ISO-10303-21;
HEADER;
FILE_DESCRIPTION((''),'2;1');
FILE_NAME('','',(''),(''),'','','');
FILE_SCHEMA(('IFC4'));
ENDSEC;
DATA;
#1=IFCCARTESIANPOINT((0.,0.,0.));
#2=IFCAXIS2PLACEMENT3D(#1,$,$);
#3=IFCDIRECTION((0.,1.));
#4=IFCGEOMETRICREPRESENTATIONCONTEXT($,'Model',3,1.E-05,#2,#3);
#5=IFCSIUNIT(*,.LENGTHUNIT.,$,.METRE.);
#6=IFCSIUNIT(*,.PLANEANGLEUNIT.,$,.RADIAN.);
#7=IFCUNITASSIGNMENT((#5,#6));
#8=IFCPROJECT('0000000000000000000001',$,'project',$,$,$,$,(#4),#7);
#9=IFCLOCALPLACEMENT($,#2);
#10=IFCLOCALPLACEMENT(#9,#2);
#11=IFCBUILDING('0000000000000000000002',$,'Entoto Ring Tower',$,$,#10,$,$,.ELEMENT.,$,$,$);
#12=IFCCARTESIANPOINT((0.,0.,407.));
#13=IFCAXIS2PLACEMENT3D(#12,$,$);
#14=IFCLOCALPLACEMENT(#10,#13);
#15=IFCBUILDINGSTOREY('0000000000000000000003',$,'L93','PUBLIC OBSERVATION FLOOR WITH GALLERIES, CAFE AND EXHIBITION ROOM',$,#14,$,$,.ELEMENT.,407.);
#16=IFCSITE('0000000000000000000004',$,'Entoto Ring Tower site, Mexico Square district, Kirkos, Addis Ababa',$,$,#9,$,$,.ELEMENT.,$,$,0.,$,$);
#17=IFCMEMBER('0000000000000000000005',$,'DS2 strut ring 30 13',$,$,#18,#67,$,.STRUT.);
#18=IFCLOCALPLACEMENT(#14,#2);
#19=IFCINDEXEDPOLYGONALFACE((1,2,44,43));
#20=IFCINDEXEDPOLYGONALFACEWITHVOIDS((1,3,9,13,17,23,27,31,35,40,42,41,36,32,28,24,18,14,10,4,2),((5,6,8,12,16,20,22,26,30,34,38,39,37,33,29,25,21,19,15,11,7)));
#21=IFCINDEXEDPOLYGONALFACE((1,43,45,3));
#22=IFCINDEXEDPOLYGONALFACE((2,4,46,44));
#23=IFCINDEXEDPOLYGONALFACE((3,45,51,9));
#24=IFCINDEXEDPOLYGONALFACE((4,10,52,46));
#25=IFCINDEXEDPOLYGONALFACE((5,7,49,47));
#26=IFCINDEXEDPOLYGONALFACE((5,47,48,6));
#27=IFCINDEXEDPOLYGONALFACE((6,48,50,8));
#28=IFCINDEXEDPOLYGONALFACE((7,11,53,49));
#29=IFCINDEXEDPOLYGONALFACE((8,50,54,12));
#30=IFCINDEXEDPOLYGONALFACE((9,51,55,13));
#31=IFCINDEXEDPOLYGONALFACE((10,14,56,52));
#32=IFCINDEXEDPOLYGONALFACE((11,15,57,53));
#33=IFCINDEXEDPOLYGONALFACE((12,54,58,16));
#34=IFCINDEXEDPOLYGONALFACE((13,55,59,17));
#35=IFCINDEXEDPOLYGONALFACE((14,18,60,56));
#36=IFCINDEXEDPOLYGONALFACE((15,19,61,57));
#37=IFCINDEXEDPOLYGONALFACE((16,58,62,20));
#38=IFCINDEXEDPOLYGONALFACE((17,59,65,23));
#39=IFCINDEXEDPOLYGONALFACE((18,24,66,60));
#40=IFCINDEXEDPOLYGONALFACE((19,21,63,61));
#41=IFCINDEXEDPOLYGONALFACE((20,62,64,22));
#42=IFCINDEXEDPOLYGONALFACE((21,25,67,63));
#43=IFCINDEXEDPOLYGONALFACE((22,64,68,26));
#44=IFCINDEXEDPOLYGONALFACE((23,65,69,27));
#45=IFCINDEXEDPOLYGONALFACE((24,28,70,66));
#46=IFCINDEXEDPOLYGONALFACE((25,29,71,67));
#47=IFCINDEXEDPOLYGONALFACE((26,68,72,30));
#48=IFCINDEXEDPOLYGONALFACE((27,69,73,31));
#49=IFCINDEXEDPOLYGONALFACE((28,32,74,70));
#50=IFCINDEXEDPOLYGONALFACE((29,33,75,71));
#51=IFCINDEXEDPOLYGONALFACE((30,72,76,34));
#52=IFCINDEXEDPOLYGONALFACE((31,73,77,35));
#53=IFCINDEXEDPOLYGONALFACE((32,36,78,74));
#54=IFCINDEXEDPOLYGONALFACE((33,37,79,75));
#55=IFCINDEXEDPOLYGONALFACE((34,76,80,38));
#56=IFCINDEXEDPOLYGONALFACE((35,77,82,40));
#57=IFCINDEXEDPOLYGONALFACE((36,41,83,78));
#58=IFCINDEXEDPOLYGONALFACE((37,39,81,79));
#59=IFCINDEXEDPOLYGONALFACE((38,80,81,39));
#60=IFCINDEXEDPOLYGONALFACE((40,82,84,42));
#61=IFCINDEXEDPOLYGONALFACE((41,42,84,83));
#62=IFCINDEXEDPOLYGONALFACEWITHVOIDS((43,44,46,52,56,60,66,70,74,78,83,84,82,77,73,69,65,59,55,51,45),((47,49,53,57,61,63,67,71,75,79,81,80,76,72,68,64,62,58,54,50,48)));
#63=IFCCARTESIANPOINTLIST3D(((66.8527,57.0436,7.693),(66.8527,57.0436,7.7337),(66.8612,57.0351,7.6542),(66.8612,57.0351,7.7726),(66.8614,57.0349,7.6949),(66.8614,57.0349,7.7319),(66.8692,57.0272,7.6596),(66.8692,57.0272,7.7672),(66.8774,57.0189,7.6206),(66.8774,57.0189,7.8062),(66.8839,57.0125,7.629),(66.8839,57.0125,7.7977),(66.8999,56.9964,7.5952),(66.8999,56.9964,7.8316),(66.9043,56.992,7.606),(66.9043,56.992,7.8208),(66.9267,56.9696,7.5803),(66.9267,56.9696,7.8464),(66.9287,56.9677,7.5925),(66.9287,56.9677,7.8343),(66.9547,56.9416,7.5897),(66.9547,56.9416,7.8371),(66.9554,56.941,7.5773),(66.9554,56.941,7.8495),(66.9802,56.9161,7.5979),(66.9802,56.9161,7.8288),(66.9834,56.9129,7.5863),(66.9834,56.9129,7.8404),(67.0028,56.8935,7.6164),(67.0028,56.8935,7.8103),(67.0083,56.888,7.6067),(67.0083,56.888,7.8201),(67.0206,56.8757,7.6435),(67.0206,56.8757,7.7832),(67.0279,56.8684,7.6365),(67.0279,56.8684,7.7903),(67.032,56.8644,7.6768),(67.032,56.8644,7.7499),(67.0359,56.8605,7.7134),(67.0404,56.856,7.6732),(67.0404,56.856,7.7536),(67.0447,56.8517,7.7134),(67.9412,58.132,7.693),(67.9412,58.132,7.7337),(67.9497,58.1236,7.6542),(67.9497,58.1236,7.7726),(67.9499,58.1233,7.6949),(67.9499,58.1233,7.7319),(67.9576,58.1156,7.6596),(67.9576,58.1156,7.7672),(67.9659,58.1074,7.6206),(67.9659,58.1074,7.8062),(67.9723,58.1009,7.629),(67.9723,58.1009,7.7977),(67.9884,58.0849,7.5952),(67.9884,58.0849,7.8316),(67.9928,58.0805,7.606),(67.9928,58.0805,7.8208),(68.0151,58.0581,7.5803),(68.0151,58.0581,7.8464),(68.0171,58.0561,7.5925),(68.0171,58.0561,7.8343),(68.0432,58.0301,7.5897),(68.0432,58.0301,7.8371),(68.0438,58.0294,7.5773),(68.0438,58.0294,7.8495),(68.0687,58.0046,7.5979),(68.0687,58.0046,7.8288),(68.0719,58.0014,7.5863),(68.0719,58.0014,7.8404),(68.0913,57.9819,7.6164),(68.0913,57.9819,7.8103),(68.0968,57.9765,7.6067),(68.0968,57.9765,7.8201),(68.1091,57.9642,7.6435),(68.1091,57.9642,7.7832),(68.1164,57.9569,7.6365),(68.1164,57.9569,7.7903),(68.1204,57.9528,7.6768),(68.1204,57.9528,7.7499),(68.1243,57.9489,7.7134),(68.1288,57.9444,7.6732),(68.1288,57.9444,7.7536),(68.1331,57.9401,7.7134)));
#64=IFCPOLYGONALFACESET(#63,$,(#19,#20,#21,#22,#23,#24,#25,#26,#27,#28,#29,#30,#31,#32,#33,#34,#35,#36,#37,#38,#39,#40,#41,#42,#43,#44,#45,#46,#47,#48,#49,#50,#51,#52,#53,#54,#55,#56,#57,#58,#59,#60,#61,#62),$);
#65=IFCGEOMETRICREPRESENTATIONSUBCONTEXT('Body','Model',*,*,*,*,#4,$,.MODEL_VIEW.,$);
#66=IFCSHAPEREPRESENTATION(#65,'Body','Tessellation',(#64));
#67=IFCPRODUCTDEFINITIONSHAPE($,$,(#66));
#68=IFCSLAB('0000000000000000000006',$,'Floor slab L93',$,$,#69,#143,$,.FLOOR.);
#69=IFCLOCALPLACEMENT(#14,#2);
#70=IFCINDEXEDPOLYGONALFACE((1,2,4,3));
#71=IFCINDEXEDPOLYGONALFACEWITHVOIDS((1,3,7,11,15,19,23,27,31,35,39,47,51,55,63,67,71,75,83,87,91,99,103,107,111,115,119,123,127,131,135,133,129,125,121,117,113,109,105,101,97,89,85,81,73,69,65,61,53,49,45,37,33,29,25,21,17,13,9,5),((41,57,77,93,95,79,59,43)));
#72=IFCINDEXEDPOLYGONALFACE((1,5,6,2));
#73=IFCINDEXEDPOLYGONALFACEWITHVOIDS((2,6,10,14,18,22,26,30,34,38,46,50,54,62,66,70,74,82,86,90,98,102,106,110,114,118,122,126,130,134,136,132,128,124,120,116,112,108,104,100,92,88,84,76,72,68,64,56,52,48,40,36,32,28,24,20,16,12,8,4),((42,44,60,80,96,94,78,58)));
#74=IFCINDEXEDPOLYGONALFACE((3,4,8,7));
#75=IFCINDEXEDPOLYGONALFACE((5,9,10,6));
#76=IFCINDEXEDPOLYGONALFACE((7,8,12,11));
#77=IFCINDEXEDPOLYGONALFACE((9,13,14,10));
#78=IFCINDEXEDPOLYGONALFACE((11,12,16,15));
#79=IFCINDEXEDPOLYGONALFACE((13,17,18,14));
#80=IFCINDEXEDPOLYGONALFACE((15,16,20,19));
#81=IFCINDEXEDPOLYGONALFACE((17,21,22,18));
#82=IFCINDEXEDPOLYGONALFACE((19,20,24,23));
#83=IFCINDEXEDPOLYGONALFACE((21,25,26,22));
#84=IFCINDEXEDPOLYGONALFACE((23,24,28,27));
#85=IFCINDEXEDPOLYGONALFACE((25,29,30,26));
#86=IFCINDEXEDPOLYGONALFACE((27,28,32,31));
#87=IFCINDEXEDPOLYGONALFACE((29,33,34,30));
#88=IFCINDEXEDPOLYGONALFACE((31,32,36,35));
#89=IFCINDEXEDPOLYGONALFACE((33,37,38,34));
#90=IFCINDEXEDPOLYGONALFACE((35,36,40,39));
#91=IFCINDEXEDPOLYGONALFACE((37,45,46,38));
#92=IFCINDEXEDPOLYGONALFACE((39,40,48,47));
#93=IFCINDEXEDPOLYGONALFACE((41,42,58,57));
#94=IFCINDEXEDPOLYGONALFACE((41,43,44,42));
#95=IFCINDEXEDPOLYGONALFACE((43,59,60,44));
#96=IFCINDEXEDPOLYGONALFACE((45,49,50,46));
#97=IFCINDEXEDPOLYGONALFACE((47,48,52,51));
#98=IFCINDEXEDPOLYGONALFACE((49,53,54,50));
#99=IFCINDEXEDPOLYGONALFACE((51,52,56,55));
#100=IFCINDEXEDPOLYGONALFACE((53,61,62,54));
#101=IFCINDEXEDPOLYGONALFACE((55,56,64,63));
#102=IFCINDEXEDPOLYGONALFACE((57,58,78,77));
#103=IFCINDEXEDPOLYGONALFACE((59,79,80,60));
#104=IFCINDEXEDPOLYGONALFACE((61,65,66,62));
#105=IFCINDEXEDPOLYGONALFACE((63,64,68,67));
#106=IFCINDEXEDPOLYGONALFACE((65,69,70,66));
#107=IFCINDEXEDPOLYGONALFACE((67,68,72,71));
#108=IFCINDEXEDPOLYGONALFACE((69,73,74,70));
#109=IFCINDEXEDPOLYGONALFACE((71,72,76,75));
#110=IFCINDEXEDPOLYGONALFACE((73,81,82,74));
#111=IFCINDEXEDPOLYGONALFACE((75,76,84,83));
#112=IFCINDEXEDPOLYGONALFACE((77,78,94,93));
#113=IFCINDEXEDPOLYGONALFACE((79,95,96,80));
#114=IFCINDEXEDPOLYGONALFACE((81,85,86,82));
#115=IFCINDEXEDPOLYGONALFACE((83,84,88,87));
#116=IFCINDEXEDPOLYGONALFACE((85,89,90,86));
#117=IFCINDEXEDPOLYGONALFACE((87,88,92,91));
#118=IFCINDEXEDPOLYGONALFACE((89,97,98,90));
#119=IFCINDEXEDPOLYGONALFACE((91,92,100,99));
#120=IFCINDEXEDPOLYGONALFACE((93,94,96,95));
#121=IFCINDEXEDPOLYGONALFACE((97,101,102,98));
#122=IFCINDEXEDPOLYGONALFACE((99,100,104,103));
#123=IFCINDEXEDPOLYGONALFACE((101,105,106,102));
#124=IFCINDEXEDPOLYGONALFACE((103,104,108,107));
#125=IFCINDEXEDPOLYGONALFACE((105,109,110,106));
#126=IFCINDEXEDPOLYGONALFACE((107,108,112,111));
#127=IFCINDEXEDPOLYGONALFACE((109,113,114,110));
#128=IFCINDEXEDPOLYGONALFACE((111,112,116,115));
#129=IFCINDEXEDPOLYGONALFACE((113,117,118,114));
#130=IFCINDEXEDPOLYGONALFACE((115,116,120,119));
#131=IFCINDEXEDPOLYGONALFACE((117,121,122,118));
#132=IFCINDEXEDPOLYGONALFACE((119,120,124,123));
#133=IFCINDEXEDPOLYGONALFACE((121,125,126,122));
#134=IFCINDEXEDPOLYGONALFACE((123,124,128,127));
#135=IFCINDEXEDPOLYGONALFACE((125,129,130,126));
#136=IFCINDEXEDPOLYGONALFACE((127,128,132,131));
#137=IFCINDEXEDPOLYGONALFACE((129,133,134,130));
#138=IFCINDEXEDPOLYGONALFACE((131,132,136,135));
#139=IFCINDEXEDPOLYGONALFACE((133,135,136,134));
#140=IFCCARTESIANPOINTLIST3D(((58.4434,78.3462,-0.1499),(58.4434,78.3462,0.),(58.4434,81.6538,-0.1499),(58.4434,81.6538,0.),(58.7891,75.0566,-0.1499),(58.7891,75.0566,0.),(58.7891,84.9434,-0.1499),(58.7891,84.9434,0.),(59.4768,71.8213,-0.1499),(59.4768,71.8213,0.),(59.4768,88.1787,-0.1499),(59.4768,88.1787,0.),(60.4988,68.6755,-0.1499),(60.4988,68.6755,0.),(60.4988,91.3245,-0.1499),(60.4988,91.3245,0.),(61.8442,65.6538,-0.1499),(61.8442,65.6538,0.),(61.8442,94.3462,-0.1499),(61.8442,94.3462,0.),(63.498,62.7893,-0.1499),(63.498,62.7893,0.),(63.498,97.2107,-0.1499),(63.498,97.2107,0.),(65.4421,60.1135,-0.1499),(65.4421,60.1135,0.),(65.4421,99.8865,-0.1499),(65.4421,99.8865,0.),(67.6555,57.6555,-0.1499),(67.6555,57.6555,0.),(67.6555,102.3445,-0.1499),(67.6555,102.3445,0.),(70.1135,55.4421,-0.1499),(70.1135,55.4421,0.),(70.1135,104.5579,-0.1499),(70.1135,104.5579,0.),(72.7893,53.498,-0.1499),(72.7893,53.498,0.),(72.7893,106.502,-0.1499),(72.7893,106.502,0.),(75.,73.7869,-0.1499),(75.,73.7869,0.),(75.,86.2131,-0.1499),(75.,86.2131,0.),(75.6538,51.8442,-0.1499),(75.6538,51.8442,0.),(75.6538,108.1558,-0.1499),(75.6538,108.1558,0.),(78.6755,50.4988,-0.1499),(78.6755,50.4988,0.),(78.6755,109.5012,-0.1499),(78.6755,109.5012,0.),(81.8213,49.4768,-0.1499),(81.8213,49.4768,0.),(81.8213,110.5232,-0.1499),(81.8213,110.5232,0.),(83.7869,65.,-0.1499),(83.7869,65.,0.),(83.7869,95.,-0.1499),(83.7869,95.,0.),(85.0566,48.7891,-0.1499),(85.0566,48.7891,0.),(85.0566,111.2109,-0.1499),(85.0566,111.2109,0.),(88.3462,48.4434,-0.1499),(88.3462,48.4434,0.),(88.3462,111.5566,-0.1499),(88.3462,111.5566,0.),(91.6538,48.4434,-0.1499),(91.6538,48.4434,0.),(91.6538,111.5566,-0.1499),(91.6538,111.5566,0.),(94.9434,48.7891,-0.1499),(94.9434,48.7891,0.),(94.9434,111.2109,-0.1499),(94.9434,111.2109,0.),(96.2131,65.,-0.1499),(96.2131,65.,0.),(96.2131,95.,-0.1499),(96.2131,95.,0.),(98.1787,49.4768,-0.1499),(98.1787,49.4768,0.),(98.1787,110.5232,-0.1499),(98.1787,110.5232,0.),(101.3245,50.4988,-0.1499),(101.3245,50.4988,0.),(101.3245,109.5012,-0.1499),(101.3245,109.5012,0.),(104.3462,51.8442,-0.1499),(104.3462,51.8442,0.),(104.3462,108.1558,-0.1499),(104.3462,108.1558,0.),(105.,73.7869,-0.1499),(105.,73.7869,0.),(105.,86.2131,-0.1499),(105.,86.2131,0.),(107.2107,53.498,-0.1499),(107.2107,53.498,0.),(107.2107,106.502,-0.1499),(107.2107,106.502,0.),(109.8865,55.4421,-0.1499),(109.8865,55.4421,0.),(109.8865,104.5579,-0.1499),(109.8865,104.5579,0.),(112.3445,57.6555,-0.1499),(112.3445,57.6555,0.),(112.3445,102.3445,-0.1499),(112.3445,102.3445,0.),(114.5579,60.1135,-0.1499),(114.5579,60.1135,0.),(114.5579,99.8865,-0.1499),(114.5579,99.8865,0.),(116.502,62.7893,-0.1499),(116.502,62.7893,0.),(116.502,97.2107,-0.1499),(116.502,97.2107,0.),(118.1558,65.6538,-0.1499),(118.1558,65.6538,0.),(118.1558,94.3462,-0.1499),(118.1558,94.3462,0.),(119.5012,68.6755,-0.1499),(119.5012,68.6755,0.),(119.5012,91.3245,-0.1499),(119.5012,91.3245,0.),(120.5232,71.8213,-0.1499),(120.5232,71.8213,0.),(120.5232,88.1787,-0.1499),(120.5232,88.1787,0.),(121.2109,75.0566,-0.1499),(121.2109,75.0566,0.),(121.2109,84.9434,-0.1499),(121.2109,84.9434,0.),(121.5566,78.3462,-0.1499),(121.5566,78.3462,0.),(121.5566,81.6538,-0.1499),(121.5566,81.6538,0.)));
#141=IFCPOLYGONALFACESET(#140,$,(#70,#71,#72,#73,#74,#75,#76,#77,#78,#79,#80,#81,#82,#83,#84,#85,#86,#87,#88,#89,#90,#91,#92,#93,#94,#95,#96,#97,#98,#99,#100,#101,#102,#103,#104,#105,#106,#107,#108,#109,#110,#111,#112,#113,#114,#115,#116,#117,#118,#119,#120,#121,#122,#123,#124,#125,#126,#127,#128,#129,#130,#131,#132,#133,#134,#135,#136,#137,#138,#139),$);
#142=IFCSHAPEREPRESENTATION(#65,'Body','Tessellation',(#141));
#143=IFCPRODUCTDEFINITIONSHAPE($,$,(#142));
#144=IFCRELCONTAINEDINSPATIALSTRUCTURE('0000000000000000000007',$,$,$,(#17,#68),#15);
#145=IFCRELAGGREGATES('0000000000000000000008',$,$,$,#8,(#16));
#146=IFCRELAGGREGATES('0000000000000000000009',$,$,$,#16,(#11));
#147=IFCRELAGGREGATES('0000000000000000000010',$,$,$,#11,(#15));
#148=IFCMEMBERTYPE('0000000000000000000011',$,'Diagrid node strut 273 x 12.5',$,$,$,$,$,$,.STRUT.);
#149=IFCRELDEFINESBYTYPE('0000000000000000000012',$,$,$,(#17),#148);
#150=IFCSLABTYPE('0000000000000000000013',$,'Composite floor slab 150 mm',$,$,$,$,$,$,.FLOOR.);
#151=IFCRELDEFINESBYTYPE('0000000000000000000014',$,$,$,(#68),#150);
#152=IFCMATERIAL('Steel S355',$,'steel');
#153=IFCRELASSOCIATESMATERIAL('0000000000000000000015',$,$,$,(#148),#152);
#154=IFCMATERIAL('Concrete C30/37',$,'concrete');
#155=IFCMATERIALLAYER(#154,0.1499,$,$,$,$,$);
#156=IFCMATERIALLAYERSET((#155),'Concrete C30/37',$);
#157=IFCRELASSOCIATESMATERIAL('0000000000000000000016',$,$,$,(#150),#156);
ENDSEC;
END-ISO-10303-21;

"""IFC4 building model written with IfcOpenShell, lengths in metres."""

from ifc_helpers import new_model, si_unit, direction, frame, origin, origin_2d, place, context, subcontext, project, spatial, polyline, circle, hollow_circle, outline, extrude, material, layer, layer_set, material_profile, profile_set, type_object, element, save


model = new_model("IFC4")

# Units and contexts
model_context = context("Model", 3, precision=1e-05, world=origin(), true_north=direction((0.0, 1.0)))
body_context = subcontext(model_context, "Body", "Model", "MODEL_VIEW")
ifc_project = project(units=[si_unit("LENGTHUNIT", "METRE"), si_unit("PLANEANGLEUNIT", "RADIAN")], contexts=[model_context])

# Site, building, storey
site_placement = place(None, origin())
site = spatial("IfcSite", under=ifc_project, at=site_placement, Name="Entoto Ring Tower site, Mexico Square district, Kirkos, Addis Ababa", CompositionType="ELEMENT", RefElevation=0.0)
building_placement = place(site_placement, origin())
building = spatial("IfcBuilding", under=site, at=building_placement, Name="Entoto Ring Tower", CompositionType="ELEMENT")
storey_placement = place(building_placement, frame((0.0, 0.0, 407.0)))
storey = spatial("IfcBuildingStorey", under=building, at=storey_placement, Name="L93", Description="PUBLIC OBSERVATION FLOOR WITH GALLERIES, CAFE AND EXHIBITION ROOM", CompositionType="ELEMENT", Elevation=407.0)

# Member
ifc_material_1 = material(Name="Steel S355", Category="steel")
ifc_material_profile_1 = material_profile(ifc_material_1, hollow_circle(Radius=0.1365, WallThickness=0.0125, at=origin_2d()), Name="CHS 273 x 12.5")
ifc_material_2 = material(Name="Concrete C60/75", Category="concrete")
ifc_material_profile_2 = material_profile(ifc_material_2, circle(Radius=0.124, at=origin_2d()), Name="Concrete C60/75 infill")
ifc_profile_set = profile_set([ifc_material_profile_1, ifc_material_profile_2], Name="Steel S355")
member_type = type_object("IfcMemberType", Name="Diagrid node strut 273 x 12.5", PredefinedType="STRUT", material=ifc_profile_set)
member_placement = place(storey_placement, frame((68.0366, 58.0366, 7.7134), z_axis=(-0.707107, -0.707107, 0.0), x_axis=(0.707107, -0.707107, 0.0)))
element("IfcMember", 1, at=member_placement, inside=storey, type_object=member_type, Name="DS2 strut ring 30 13", PredefinedType="STRUT", context=body_context, shape_type="SweptSolid", body=[
    extrude(hollow_circle(Radius=0.1365, WallThickness=0.0125, at=origin_2d()), origin(), (0.0, 0.0, 1.0), 1.5393),
])

# Slab
ifc_material_3 = material(Name="Concrete C30/37", Category="concrete")
ifc_layer_1 = layer(ifc_material_3, 0.1499)
ifc_layer_set_1 = layer_set([ifc_layer_1], Name="Concrete C30/37")
slab_type_1 = type_object("IfcSlabType", Name="Composite floor slab 150 mm", PredefinedType="FLOOR", material=ifc_layer_set_1)
slab_1_placement = place(storey_placement, frame((0.0, 0.0, -0.1499)))
element("IfcSlab", 2, at=slab_1_placement, inside=storey, type_object=slab_type_1, Name="Floor slab L93", PredefinedType="FLOOR", context=body_context, shape_type="SweptSolid", body=[
    extrude(outline(polyline([(121.2109, 84.9434), (120.5232, 88.1787), (119.5012, 91.3245), (118.1558, 94.3462), (116.502, 97.2107), (114.5579, 99.8865), (112.3445, 102.3445), (109.8865, 104.5579), (107.2107, 106.502), (104.3462, 108.1558), (101.3245, 109.5012), (98.1787, 110.5232), (94.9434, 111.2109), (91.6538, 111.5566), (88.3462, 111.5566), (85.0566, 111.2109), (81.8213, 110.5232), (78.6755, 109.5012), (75.6538, 108.1558), (72.7893, 106.502), (70.1135, 104.5579), (67.6555, 102.3445), (65.4421, 99.8865), (63.498, 97.2107), (61.8442, 94.3462), (60.4988, 91.3245), (59.4768, 88.1787), (58.7891, 84.9434), (58.4434, 81.6538), (58.4434, 78.3462), (58.7891, 75.0566), (59.4768, 71.8213), (60.4988, 68.6755), (61.8442, 65.6538), (63.498, 62.7893), (65.4421, 60.1135), (67.6555, 57.6555), (70.1135, 55.4421), (72.7893, 53.498), (75.6538, 51.8442), (78.6755, 50.4988), (81.8213, 49.4768), (85.0566, 48.7891), (88.3462, 48.4434), (91.6538, 48.4434), (94.9434, 48.7891), (98.1787, 49.4768), (101.3245, 50.4988), (104.3462, 51.8442), (107.2107, 53.498), (109.8865, 55.4421), (112.3445, 57.6555), (114.5579, 60.1135), (116.502, 62.7893), (118.1558, 65.6538), (119.5012, 68.6755), (120.5232, 71.8213), (121.2109, 75.0566), (121.5566, 78.3462), (121.5566, 81.6538), (121.2109, 84.9434)]), holes=[polyline([(105.0, 73.7869), (105.0, 86.2131), (96.2131, 95.0), (83.7869, 95.0), (75.0, 86.2131), (75.0, 73.7869), (83.7869, 65.0), (96.2131, 65.0), (105.0, 73.7869)])]), origin(), (0.0, 0.0, 1.0), 0.1499),
])

save(model, "model.ifc")
